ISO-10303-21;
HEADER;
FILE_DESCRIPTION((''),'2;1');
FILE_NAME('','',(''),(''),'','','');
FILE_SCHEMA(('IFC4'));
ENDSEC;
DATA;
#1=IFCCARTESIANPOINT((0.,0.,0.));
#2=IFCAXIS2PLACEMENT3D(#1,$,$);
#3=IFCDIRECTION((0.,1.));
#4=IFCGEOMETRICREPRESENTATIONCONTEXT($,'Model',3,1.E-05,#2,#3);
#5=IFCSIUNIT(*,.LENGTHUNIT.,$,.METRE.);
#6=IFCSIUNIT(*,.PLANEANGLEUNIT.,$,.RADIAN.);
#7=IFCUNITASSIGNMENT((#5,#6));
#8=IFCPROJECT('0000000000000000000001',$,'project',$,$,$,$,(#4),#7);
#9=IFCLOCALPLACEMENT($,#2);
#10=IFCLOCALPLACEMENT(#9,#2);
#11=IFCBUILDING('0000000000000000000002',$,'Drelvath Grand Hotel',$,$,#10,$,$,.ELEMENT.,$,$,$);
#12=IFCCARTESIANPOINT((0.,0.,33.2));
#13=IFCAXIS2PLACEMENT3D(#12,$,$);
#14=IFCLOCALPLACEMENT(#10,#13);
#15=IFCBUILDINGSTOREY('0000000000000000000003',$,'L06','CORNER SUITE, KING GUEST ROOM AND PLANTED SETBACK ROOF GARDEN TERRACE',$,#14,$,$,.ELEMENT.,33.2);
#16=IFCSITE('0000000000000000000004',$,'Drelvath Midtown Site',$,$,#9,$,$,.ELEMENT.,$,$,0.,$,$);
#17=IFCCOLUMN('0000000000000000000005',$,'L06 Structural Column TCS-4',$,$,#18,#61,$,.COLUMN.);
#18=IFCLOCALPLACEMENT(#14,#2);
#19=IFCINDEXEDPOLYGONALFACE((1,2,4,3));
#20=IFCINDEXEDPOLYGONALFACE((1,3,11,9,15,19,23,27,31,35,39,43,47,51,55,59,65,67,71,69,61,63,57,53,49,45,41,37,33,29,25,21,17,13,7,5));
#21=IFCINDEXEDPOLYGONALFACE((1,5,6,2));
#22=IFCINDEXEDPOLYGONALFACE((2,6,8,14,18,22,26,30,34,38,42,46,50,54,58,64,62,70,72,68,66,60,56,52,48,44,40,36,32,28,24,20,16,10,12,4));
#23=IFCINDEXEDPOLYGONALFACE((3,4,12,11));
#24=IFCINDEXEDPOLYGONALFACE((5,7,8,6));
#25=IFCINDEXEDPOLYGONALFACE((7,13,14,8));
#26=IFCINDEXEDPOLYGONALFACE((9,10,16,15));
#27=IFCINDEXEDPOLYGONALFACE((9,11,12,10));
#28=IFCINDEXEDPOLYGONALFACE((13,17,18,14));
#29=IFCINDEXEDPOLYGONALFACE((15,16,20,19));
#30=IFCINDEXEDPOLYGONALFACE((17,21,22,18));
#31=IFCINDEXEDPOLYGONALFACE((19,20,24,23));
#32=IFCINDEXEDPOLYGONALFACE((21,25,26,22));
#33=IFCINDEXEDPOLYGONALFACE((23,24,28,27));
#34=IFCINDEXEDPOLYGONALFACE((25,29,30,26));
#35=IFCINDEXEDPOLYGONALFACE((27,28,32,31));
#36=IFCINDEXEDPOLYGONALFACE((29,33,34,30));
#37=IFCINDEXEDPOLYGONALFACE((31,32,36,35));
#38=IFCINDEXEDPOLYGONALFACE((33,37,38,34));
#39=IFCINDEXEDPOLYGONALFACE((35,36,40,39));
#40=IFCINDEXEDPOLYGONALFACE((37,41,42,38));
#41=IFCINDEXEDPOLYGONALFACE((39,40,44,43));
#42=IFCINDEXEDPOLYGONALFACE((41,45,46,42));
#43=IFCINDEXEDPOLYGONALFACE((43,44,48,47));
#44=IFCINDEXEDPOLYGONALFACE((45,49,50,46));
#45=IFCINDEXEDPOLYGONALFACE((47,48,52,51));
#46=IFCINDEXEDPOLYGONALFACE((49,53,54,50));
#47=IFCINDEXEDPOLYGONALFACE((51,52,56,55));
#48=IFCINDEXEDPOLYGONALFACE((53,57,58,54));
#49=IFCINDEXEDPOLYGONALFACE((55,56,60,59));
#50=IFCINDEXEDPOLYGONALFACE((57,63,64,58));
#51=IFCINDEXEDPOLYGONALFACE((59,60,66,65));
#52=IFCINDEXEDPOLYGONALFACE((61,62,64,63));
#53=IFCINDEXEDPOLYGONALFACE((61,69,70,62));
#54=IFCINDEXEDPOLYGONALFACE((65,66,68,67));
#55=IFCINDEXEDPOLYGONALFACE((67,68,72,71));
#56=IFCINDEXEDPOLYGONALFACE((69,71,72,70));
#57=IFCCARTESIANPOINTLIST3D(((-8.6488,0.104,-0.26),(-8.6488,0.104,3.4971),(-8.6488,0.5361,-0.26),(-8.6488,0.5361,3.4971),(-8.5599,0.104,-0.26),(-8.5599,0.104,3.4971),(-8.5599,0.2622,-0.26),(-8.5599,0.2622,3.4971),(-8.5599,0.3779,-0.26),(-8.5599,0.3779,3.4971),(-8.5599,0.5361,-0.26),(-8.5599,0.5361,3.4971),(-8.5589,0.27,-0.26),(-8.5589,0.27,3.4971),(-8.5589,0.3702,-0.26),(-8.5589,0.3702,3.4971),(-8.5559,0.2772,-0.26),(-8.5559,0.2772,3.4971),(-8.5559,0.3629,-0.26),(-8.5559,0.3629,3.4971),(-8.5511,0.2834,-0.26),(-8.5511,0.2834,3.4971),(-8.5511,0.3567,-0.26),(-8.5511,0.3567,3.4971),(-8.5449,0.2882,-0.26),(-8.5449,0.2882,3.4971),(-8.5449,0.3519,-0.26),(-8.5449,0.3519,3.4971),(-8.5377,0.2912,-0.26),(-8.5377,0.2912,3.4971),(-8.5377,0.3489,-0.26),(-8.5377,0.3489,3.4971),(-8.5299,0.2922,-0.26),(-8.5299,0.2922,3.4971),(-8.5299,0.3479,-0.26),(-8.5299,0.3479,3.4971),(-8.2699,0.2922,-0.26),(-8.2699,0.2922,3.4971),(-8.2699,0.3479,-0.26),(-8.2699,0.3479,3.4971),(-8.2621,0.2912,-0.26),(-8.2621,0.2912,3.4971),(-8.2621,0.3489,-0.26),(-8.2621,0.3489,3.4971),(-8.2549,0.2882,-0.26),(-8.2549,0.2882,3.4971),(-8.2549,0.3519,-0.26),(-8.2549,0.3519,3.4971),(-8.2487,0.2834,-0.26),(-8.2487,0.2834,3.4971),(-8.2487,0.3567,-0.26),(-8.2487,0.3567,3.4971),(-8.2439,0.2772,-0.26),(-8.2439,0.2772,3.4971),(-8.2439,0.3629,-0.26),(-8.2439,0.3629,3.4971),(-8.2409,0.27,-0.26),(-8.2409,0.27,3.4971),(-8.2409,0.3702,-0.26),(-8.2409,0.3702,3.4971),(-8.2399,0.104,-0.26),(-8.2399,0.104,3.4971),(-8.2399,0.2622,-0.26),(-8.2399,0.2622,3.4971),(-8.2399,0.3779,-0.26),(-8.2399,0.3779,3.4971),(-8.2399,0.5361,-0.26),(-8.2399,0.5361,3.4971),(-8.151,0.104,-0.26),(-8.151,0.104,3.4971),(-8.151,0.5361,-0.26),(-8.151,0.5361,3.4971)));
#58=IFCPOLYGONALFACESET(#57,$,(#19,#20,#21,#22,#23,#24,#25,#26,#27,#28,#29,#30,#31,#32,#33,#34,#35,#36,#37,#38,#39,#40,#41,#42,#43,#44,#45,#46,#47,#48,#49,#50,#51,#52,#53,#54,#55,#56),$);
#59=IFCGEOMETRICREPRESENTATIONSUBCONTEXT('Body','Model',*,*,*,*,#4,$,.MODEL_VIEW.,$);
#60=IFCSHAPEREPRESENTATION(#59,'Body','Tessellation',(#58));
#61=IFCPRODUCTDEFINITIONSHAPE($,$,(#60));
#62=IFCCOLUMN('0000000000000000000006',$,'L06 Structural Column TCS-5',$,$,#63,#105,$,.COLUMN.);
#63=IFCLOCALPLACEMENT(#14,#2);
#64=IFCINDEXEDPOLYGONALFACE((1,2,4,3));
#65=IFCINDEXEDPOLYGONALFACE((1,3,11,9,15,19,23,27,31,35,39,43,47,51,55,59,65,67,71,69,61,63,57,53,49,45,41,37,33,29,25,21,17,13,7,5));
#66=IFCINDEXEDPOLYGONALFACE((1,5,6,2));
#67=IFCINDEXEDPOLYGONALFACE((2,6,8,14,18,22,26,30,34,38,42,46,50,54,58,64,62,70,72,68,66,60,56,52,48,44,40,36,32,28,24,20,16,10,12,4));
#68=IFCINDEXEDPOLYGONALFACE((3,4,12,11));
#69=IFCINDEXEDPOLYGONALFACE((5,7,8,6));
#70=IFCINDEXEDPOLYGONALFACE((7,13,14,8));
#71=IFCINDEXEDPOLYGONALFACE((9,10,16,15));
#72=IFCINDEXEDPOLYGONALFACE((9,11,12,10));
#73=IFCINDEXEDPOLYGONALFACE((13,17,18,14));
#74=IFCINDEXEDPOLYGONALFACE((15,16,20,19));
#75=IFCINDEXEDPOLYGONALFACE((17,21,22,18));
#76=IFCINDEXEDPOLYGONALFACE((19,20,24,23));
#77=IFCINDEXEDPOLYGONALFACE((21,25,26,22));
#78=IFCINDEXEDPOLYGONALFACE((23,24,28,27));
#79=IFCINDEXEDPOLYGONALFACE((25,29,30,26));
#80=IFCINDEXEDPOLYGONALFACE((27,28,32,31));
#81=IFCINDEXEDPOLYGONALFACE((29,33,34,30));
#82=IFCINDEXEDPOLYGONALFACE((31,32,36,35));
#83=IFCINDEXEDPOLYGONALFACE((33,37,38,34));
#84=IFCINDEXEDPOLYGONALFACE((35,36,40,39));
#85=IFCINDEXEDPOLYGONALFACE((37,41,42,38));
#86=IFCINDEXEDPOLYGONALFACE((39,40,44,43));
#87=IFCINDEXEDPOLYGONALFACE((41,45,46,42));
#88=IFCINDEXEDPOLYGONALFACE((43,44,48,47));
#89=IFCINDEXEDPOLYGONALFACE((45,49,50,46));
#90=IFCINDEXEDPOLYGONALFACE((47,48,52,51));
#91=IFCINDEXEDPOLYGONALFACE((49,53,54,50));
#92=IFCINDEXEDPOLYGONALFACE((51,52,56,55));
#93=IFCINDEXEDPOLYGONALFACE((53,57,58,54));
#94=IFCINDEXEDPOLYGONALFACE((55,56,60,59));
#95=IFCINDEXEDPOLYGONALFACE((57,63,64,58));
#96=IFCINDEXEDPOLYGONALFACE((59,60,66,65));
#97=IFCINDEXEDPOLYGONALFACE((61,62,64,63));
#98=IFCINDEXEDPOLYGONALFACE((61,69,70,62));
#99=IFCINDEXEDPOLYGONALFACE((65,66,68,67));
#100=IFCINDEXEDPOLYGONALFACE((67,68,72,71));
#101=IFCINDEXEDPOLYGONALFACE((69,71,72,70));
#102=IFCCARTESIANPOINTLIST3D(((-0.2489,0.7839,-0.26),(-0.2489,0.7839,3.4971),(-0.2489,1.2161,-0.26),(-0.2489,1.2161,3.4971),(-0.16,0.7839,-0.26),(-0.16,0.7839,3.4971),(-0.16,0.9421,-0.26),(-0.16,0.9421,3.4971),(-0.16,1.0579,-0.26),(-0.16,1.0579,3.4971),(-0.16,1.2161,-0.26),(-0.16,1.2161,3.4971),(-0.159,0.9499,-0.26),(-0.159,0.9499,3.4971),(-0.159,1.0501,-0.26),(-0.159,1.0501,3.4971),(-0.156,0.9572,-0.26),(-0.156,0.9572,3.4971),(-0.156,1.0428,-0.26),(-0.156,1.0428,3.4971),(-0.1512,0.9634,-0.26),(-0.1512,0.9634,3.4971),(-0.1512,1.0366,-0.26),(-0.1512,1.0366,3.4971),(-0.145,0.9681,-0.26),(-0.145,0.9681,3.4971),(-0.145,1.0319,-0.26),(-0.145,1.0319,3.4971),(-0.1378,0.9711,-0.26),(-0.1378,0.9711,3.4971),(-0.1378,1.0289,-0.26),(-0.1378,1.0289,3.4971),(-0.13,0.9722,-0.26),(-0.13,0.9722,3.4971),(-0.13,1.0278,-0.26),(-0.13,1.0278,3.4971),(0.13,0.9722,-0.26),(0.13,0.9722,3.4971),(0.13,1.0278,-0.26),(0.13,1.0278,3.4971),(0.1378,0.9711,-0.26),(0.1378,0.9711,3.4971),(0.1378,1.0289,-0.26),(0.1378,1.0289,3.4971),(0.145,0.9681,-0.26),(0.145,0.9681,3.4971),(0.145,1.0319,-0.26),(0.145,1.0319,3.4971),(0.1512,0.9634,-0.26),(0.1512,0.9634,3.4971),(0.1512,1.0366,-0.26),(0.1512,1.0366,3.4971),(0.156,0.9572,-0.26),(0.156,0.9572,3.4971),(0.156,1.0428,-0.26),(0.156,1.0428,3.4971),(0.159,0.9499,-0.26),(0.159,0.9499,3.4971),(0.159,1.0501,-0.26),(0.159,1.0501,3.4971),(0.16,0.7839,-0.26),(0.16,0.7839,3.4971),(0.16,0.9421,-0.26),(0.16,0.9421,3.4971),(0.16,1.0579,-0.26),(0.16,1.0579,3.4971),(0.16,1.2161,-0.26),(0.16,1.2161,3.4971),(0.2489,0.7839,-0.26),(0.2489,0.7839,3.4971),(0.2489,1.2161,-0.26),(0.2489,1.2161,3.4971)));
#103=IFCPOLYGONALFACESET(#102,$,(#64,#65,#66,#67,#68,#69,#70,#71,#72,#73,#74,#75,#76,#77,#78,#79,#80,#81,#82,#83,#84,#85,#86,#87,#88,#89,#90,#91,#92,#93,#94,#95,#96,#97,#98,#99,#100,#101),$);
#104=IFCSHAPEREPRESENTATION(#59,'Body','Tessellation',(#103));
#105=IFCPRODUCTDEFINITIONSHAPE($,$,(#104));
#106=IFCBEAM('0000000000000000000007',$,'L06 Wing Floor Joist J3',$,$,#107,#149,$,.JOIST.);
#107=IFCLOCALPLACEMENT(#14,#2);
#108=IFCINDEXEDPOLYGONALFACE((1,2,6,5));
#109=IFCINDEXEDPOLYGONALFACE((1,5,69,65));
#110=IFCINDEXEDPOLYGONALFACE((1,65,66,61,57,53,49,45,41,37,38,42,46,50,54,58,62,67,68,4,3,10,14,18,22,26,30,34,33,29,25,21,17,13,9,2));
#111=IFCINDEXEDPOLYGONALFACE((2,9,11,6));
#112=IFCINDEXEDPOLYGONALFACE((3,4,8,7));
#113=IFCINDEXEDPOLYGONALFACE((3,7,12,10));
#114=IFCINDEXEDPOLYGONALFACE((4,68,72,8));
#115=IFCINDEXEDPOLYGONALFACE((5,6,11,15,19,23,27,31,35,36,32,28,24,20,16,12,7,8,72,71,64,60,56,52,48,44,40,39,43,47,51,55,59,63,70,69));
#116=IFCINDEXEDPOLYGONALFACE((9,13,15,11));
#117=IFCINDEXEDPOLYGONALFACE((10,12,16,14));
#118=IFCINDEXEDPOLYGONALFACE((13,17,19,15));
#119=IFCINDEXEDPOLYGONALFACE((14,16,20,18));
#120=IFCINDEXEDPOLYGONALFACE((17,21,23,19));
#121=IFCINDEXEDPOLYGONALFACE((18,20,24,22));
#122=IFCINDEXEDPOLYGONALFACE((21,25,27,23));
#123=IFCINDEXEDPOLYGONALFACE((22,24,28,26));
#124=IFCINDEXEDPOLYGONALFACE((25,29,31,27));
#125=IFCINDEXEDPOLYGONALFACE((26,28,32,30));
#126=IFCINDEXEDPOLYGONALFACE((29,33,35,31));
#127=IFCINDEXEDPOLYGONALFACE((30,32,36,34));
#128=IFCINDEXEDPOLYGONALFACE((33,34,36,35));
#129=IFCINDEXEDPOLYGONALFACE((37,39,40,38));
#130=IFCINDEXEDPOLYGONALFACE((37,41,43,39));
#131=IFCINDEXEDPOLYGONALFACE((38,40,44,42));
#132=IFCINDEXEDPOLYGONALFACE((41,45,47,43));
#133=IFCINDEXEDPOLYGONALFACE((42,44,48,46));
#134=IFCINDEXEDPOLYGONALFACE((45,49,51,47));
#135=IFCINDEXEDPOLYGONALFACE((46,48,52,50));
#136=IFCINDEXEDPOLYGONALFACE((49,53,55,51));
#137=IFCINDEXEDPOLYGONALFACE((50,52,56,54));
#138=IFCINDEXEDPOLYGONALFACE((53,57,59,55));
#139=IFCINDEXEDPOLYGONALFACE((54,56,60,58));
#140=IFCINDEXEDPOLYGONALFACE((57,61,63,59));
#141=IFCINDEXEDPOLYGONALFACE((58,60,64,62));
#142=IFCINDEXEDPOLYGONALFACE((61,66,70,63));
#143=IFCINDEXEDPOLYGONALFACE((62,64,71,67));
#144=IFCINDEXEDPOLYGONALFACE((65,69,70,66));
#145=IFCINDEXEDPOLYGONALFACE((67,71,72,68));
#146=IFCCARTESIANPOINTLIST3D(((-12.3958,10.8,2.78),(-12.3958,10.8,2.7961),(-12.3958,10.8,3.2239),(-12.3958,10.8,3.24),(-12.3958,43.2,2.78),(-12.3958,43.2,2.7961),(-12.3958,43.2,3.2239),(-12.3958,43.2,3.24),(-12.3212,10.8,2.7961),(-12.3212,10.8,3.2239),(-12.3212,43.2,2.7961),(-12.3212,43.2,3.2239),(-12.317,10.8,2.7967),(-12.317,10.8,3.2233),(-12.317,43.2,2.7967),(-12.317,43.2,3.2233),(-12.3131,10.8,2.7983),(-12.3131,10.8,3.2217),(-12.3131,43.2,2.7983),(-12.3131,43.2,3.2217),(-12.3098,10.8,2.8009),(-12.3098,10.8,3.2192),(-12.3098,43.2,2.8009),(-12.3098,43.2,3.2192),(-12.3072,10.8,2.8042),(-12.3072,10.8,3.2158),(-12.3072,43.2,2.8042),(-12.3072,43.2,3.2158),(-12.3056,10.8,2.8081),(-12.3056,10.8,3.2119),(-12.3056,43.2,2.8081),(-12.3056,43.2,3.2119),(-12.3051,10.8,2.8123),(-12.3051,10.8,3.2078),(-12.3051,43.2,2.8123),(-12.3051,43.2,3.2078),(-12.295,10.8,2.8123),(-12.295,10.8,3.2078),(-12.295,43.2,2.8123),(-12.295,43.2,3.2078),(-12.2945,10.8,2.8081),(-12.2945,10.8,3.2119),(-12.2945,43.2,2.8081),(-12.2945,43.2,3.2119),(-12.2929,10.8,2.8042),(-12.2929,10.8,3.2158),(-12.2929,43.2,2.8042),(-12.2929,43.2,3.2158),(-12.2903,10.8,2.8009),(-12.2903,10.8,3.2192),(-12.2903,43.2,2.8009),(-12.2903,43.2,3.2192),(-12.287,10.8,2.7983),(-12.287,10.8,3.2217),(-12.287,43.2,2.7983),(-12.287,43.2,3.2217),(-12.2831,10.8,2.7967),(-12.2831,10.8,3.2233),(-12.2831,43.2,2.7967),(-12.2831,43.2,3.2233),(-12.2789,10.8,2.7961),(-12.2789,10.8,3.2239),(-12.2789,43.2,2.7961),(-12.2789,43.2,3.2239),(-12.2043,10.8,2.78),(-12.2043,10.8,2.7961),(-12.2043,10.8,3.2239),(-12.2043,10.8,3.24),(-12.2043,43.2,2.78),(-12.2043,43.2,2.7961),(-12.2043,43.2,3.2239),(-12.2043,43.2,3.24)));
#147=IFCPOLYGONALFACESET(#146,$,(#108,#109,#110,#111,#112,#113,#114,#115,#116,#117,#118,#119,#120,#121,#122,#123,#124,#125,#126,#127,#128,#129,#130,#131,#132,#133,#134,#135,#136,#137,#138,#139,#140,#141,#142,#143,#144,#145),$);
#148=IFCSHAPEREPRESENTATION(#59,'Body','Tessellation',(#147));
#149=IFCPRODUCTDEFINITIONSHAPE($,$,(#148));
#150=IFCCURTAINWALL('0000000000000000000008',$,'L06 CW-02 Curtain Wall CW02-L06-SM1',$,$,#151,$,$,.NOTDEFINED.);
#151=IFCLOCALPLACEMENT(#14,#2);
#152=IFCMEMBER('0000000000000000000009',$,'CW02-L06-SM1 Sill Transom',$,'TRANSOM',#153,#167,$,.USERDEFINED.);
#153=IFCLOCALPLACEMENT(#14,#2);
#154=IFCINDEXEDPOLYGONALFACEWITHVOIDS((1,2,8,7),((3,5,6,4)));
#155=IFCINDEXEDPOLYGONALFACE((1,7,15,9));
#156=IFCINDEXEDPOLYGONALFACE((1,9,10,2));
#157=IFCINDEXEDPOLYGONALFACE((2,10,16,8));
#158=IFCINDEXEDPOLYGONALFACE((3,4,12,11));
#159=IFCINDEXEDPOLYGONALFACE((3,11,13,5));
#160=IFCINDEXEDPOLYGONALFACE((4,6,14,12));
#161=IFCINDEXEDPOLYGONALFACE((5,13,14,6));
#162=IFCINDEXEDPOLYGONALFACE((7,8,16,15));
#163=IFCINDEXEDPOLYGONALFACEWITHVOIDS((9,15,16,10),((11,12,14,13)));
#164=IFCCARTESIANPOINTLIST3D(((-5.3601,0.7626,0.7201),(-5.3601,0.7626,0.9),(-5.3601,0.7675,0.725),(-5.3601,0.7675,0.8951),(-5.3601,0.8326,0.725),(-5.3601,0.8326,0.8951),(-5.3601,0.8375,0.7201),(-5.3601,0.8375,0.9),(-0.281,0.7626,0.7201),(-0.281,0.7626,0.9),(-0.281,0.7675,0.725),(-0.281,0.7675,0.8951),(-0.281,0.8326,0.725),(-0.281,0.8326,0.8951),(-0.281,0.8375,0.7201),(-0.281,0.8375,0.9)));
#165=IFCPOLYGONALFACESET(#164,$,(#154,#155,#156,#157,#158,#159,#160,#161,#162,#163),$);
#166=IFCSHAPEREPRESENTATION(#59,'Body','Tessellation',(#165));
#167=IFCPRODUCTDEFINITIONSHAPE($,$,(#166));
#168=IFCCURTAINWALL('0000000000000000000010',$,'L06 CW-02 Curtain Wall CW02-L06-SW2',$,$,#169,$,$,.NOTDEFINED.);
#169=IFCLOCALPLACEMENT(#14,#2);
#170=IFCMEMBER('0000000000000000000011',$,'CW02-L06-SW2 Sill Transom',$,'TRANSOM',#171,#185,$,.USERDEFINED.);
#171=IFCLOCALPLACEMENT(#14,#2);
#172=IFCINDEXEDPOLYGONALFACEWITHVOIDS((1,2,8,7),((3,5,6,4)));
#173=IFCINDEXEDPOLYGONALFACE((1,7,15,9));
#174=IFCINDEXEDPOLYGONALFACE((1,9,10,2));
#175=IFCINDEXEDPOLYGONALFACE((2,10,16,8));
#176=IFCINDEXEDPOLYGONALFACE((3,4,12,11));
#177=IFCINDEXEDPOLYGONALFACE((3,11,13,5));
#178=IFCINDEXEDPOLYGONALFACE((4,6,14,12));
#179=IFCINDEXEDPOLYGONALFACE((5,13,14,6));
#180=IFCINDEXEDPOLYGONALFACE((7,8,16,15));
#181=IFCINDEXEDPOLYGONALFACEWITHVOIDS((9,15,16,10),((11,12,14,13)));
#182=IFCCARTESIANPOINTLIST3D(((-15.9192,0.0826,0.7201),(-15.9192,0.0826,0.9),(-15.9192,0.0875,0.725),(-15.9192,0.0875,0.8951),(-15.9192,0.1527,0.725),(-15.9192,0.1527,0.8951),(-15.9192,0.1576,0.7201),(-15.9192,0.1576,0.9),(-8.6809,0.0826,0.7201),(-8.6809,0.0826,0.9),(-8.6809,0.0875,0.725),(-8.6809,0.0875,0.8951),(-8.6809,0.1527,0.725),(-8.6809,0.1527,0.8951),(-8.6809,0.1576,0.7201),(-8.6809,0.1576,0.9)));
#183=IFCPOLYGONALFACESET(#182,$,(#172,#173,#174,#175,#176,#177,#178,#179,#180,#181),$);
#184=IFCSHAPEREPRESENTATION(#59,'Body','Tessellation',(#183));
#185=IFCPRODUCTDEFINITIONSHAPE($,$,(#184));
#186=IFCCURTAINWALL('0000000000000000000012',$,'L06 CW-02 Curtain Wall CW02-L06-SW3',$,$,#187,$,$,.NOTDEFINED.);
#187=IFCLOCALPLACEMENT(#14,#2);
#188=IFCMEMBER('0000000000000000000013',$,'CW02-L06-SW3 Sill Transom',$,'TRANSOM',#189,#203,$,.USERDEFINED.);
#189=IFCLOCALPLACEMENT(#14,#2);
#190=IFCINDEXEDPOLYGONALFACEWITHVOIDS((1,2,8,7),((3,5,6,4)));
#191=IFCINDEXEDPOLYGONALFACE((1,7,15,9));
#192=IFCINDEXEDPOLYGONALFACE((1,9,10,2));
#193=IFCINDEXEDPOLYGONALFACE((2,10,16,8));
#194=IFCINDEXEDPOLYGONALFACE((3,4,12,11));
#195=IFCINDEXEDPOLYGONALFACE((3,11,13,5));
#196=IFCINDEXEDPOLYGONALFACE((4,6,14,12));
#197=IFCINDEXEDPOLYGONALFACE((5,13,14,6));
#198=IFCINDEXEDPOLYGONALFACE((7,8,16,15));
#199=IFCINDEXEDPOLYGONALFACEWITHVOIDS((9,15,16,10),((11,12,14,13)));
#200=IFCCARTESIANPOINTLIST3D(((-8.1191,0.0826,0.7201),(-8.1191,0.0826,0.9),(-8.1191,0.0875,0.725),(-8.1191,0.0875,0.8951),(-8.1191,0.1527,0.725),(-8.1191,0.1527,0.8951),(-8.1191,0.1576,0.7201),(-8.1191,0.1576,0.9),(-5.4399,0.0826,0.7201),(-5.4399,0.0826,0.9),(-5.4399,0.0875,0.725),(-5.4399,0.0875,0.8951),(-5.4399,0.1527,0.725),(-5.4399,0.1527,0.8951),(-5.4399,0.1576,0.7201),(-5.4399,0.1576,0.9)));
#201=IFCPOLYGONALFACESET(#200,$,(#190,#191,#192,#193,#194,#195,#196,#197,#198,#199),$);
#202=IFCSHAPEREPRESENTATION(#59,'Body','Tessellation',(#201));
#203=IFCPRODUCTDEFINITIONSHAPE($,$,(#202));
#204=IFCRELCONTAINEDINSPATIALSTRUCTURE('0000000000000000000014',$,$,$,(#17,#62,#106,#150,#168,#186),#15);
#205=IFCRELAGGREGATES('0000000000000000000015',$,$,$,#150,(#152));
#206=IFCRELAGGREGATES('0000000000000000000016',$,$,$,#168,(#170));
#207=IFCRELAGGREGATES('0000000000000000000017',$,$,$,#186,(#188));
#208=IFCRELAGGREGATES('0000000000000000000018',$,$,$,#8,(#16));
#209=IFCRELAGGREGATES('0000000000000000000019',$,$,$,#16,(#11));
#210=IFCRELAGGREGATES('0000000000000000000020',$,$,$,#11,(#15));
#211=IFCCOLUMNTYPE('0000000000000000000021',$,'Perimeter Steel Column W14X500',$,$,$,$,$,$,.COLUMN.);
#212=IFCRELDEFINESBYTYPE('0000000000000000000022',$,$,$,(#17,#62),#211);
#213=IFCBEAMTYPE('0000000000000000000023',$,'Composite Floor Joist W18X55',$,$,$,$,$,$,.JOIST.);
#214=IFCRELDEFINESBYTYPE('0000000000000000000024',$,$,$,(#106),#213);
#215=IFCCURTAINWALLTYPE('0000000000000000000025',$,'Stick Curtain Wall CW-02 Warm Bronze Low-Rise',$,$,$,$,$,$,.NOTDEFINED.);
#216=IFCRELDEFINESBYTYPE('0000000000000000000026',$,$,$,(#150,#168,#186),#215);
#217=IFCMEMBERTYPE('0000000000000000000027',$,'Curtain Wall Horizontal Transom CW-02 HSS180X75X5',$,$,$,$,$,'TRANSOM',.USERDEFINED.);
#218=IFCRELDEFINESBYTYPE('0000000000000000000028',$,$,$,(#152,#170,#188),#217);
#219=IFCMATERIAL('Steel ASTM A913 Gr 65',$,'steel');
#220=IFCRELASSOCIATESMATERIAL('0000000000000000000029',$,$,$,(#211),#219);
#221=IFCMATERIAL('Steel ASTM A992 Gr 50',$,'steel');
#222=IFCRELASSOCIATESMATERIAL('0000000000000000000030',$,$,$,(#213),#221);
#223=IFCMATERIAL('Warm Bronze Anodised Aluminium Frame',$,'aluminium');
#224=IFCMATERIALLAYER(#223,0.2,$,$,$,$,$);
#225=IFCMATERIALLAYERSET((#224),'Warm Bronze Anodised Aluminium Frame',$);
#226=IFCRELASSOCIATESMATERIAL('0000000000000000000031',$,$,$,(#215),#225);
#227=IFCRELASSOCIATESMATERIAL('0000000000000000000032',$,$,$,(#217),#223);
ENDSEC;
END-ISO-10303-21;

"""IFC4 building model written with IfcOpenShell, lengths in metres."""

from ifc_helpers import new_model, si_unit, direction, frame, origin, origin_2d, place, context, subcontext, project, spatial, hollow_rectangle, i_section, extrude, material, layer, layer_set, material_profile, profile_set, type_object, element, aggregate, save


model = new_model("IFC4")

# Units and contexts
model_context = context("Model", 3, precision=1e-05, world=origin(), true_north=direction((0.0, 1.0)))
body_context = subcontext(model_context, "Body", "Model", "MODEL_VIEW")
ifc_project = project(units=[si_unit("LENGTHUNIT", "METRE"), si_unit("PLANEANGLEUNIT", "RADIAN")], contexts=[model_context])

# Site, building, storey
site_placement = place(None, origin())
site = spatial("IfcSite", under=ifc_project, at=site_placement, Name="Drelvath Midtown Site", CompositionType="ELEMENT", RefElevation=0.0)
building_placement = place(site_placement, origin())
building = spatial("IfcBuilding", under=site, at=building_placement, Name="Drelvath Grand Hotel", CompositionType="ELEMENT")
storey_placement = place(building_placement, frame((0.0, 0.0, 33.2)))
storey = spatial("IfcBuildingStorey", under=building, at=storey_placement, Name="L06", Description="CORNER SUITE, KING GUEST ROOM AND PLANTED SETBACK ROOF GARDEN TERRACE", CompositionType="ELEMENT", Elevation=33.2)

# Columns
ifc_material_1 = material(Name="Steel ASTM A913 Gr 65", Category="steel")
ifc_material_profile_1 = material_profile(ifc_material_1, i_section(OverallWidth=0.4321, OverallDepth=0.4978, WebThickness=0.0557, FlangeThickness=0.0889, FilletRadius=0.03, at=origin_2d()), Name="W14X500")
ifc_profile_set_1 = profile_set([ifc_material_profile_1], Name="Steel ASTM A913 Gr 65")
column_type = type_object("IfcColumnType", Name="Perimeter Steel Column W14X500", PredefinedType="COLUMN", material=ifc_profile_set_1)
for number, where, z_axis, x_axis, name in (
    (1, (-8.3999, 0.3201, -0.26), (0.0, 0.0, 1.0), (0.0, 1.0, 0.0), "L06 Structural Column TCS-4"),
    (2, (0.0, 1.0, -0.26), (0.0, 0.0, 1.0), (0.0, 1.0, 0.0), "L06 Structural Column TCS-5"),
):
    element("IfcColumn", number, at=place(storey_placement, frame(where, z_axis=z_axis, x_axis=x_axis)), inside=storey, type_object=column_type, Name=name, PredefinedType="COLUMN", context=body_context, shape_type="SweptSolid", body=[
        extrude(i_section(OverallWidth=0.4321, OverallDepth=0.4978, WebThickness=0.0557, FlangeThickness=0.0889, FilletRadius=0.03, at=origin_2d()), origin(), (0.0, 0.0, 1.0), 3.7571),
    ])

# Beam
ifc_material_2 = material(Name="Steel ASTM A992 Gr 50", Category="steel")
ifc_material_profile_2 = material_profile(ifc_material_2, i_section(OverallWidth=0.1914, OverallDepth=0.46, WebThickness=0.01, FlangeThickness=0.0161, FilletRadius=0.0161, at=origin_2d()), Name="W18X55")
ifc_profile_set_2 = profile_set([ifc_material_profile_2], Name="Steel ASTM A992 Gr 50")
beam_type_1 = type_object("IfcBeamType", Name="Composite Floor Joist W18X55", PredefinedType="JOIST", material=ifc_profile_set_2)
beam_1_placement = place(storey_placement, frame((-12.3, 10.8, 3.01), z_axis=(0.0, 1.0, 0.0), x_axis=(-1.0, 0.0, 0.0)))
element("IfcBeam", 3, at=beam_1_placement, inside=storey, type_object=beam_type_1, Name="L06 Wing Floor Joist J3", PredefinedType="JOIST", context=body_context, shape_type="SweptSolid", body=[
    extrude(i_section(OverallWidth=0.1914, OverallDepth=0.46, WebThickness=0.01, FlangeThickness=0.0161, FilletRadius=0.0161, at=origin_2d()), origin(), (0.0, 0.0, 1.0), 32.3999),
])

# Curtain walls, members
ifc_material_3 = material(Name="Warm Bronze Anodised Aluminium Frame", Category="aluminium")
ifc_layer_1 = layer(ifc_material_3, 0.2)
ifc_layer_set_1 = layer_set([ifc_layer_1], Name="Warm Bronze Anodised Aluminium Frame")
curtain_wall_type = type_object("IfcCurtainWallType", Name="Stick Curtain Wall CW-02 Warm Bronze Low-Rise", PredefinedType="NOTDEFINED", material=ifc_layer_set_1)
curtain_wall_1_placement = place(storey_placement, origin())
curtain_wall_1 = element("IfcCurtainWall", 4, at=curtain_wall_1_placement, inside=storey, type_object=curtain_wall_type, Name="L06 CW-02 Curtain Wall CW02-L06-SM1", PredefinedType="NOTDEFINED")
ifc_material_profile_3 = material_profile(ifc_material_3, hollow_rectangle(XDim=0.075, YDim=0.1799, WallThickness=0.0049, at=origin_2d()), Name="HSS180X75X5")
ifc_profile_set_3 = profile_set([ifc_material_profile_3], Name="Warm Bronze Anodised Aluminium Frame")
member_type_1 = type_object("IfcMemberType", Name="Curtain Wall Horizontal Transom CW-02 HSS180X75X5", ElementType="TRANSOM", PredefinedType="USERDEFINED", material=ifc_profile_set_3)
member_1_placement = place(storey_placement, frame((-0.281, 0.8, 0.8101), z_axis=(-1.0, 0.0, 0.0), x_axis=(0.0, -1.0, 0.0)))
member_1 = element("IfcMember", 5, at=member_1_placement, type_object=member_type_1, Name="CW02-L06-SM1 Sill Transom", ObjectType="TRANSOM", PredefinedType="USERDEFINED", context=body_context, shape_type="SweptSolid", body=[
    extrude(hollow_rectangle(XDim=0.075, YDim=0.1799, WallThickness=0.0049, at=origin_2d()), origin(), (0.0, 0.0, 1.0), 5.0791),
])
curtain_wall_2_placement = place(storey_placement, origin())
curtain_wall_2 = element("IfcCurtainWall", 6, at=curtain_wall_2_placement, inside=storey, type_object=curtain_wall_type, Name="L06 CW-02 Curtain Wall CW02-L06-SW2", PredefinedType="NOTDEFINED")
member_2_placement = place(storey_placement, frame((-8.6809, 0.1201, 0.8101), z_axis=(-1.0, 0.0, 0.0), x_axis=(0.0, -1.0, 0.0)))
member_2 = element("IfcMember", 7, at=member_2_placement, type_object=member_type_1, Name="CW02-L06-SW2 Sill Transom", ObjectType="TRANSOM", PredefinedType="USERDEFINED", context=body_context, shape_type="SweptSolid", body=[
    extrude(hollow_rectangle(XDim=0.075, YDim=0.1799, WallThickness=0.0049, at=origin_2d()), origin(), (0.0, 0.0, 1.0), 7.2383),
])
curtain_wall_3_placement = place(storey_placement, origin())
curtain_wall_3 = element("IfcCurtainWall", 8, at=curtain_wall_3_placement, inside=storey, type_object=curtain_wall_type, Name="L06 CW-02 Curtain Wall CW02-L06-SW3", PredefinedType="NOTDEFINED")
member_3_placement = place(storey_placement, frame((-5.4399, 0.1201, 0.8101), z_axis=(-1.0, 0.0, 0.0), x_axis=(0.0, -1.0, 0.0)))
member_3 = element("IfcMember", 9, at=member_3_placement, type_object=member_type_1, Name="CW02-L06-SW3 Sill Transom", ObjectType="TRANSOM", PredefinedType="USERDEFINED", context=body_context, shape_type="SweptSolid", body=[
    extrude(hollow_rectangle(XDim=0.075, YDim=0.1799, WallThickness=0.0049, at=origin_2d()), origin(), (0.0, 0.0, 1.0), 2.6792),
])

aggregate(curtain_wall_1, [member_1])
aggregate(curtain_wall_2, [member_2])
aggregate(curtain_wall_3, [member_3])

save(model, "model.ifc")
